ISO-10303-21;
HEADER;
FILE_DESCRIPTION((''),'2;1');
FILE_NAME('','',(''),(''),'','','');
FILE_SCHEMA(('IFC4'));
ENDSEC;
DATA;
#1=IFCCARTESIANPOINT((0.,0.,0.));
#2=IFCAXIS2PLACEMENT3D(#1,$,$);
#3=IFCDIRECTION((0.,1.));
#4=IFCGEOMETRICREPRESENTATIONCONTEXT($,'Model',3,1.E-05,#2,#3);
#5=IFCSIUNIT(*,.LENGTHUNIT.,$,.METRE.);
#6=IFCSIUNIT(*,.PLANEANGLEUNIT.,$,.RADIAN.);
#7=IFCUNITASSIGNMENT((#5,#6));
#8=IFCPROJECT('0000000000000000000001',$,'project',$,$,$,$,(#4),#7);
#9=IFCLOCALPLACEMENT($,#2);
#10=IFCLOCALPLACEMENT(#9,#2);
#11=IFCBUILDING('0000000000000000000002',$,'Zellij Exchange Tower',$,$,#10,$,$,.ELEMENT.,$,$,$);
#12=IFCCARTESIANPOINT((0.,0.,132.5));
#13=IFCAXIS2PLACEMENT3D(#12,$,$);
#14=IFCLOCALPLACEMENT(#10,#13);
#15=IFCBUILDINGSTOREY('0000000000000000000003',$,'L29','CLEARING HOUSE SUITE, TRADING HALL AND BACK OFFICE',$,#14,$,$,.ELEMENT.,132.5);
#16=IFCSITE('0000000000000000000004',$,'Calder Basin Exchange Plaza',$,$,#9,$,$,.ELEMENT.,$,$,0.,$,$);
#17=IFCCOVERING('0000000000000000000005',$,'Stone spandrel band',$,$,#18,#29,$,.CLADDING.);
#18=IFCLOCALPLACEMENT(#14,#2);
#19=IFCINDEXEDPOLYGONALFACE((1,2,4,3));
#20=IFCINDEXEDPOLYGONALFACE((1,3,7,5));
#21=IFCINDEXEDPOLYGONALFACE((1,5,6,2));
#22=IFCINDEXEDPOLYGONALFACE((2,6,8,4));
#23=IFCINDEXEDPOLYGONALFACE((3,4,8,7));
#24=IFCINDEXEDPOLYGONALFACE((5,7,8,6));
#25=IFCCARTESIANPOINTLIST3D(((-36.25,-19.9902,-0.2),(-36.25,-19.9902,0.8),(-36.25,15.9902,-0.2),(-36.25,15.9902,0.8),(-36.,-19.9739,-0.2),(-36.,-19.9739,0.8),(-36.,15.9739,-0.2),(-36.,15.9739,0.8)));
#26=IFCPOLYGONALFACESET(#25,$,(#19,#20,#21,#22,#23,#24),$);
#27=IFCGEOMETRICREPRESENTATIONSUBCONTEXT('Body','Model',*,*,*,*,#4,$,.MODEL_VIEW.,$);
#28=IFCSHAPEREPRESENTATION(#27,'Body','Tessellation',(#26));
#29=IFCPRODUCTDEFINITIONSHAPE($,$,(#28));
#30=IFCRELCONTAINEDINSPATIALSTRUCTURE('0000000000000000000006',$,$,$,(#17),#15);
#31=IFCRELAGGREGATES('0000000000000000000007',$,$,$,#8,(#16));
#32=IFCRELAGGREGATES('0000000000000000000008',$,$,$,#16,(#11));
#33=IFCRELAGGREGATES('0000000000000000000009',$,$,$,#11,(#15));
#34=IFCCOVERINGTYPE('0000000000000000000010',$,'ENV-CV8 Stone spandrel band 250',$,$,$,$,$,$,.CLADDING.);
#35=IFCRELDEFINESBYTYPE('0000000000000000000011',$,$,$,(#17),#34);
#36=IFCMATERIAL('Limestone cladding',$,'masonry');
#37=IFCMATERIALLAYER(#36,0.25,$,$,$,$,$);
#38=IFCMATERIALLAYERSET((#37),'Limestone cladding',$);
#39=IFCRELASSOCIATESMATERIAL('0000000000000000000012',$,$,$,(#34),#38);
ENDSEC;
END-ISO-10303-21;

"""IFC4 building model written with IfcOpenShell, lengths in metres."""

from ifc_helpers import new_model, si_unit, direction, frame, origin, place, context, subcontext, project, spatial, polyline, outline, extrude, material, layer, layer_set, type_object, element, save


model = new_model("IFC4")

# Units and contexts
model_context = context("Model", 3, precision=1e-05, world=origin(), true_north=direction((0.0, 1.0)))
body_context = subcontext(model_context, "Body", "Model", "MODEL_VIEW")
ifc_project = project(units=[si_unit("LENGTHUNIT", "METRE"), si_unit("PLANEANGLEUNIT", "RADIAN")], contexts=[model_context])

# Site, building, storey
site_placement = place(None, origin())
site = spatial("IfcSite", under=ifc_project, at=site_placement, Name="Calder Basin Exchange Plaza", CompositionType="ELEMENT", RefElevation=0.0)
building_placement = place(site_placement, origin())
building = spatial("IfcBuilding", under=site, at=building_placement, Name="Zellij Exchange Tower", CompositionType="ELEMENT")
storey_placement = place(building_placement, frame((0.0, 0.0, 132.5)))
storey = spatial("IfcBuildingStorey", under=building, at=storey_placement, Name="L29", Description="CLEARING HOUSE SUITE, TRADING HALL AND BACK OFFICE", CompositionType="ELEMENT", Elevation=132.5)

# Covering
ifc_material_1 = material(Name="Limestone cladding", Category="masonry")
ifc_layer_1 = layer(ifc_material_1, 0.25)
ifc_layer_set_1 = layer_set([ifc_layer_1], Name="Limestone cladding")
covering_type_1 = type_object("IfcCoveringType", Name="ENV-CV8 Stone spandrel band 250", PredefinedType="CLADDING", material=ifc_layer_set_1)
covering_1_placement = place(storey_placement, frame((0.0, 0.0, -0.2)))
element("IfcCovering", 1, at=covering_1_placement, inside=storey, type_object=covering_type_1, Name="Stone spandrel band", PredefinedType="CLADDING", context=body_context, shape_type="SweptSolid", body=[
    extrude(outline(polyline([(-36.0, 15.9739), (-36.0, -19.9739), (-36.25, -19.9902), (-36.25, 15.9902), (-36.0, 15.9739)])), origin(), (0.0, 0.0, 1.0), 1.0),
])

save(model, "model.ifc")
